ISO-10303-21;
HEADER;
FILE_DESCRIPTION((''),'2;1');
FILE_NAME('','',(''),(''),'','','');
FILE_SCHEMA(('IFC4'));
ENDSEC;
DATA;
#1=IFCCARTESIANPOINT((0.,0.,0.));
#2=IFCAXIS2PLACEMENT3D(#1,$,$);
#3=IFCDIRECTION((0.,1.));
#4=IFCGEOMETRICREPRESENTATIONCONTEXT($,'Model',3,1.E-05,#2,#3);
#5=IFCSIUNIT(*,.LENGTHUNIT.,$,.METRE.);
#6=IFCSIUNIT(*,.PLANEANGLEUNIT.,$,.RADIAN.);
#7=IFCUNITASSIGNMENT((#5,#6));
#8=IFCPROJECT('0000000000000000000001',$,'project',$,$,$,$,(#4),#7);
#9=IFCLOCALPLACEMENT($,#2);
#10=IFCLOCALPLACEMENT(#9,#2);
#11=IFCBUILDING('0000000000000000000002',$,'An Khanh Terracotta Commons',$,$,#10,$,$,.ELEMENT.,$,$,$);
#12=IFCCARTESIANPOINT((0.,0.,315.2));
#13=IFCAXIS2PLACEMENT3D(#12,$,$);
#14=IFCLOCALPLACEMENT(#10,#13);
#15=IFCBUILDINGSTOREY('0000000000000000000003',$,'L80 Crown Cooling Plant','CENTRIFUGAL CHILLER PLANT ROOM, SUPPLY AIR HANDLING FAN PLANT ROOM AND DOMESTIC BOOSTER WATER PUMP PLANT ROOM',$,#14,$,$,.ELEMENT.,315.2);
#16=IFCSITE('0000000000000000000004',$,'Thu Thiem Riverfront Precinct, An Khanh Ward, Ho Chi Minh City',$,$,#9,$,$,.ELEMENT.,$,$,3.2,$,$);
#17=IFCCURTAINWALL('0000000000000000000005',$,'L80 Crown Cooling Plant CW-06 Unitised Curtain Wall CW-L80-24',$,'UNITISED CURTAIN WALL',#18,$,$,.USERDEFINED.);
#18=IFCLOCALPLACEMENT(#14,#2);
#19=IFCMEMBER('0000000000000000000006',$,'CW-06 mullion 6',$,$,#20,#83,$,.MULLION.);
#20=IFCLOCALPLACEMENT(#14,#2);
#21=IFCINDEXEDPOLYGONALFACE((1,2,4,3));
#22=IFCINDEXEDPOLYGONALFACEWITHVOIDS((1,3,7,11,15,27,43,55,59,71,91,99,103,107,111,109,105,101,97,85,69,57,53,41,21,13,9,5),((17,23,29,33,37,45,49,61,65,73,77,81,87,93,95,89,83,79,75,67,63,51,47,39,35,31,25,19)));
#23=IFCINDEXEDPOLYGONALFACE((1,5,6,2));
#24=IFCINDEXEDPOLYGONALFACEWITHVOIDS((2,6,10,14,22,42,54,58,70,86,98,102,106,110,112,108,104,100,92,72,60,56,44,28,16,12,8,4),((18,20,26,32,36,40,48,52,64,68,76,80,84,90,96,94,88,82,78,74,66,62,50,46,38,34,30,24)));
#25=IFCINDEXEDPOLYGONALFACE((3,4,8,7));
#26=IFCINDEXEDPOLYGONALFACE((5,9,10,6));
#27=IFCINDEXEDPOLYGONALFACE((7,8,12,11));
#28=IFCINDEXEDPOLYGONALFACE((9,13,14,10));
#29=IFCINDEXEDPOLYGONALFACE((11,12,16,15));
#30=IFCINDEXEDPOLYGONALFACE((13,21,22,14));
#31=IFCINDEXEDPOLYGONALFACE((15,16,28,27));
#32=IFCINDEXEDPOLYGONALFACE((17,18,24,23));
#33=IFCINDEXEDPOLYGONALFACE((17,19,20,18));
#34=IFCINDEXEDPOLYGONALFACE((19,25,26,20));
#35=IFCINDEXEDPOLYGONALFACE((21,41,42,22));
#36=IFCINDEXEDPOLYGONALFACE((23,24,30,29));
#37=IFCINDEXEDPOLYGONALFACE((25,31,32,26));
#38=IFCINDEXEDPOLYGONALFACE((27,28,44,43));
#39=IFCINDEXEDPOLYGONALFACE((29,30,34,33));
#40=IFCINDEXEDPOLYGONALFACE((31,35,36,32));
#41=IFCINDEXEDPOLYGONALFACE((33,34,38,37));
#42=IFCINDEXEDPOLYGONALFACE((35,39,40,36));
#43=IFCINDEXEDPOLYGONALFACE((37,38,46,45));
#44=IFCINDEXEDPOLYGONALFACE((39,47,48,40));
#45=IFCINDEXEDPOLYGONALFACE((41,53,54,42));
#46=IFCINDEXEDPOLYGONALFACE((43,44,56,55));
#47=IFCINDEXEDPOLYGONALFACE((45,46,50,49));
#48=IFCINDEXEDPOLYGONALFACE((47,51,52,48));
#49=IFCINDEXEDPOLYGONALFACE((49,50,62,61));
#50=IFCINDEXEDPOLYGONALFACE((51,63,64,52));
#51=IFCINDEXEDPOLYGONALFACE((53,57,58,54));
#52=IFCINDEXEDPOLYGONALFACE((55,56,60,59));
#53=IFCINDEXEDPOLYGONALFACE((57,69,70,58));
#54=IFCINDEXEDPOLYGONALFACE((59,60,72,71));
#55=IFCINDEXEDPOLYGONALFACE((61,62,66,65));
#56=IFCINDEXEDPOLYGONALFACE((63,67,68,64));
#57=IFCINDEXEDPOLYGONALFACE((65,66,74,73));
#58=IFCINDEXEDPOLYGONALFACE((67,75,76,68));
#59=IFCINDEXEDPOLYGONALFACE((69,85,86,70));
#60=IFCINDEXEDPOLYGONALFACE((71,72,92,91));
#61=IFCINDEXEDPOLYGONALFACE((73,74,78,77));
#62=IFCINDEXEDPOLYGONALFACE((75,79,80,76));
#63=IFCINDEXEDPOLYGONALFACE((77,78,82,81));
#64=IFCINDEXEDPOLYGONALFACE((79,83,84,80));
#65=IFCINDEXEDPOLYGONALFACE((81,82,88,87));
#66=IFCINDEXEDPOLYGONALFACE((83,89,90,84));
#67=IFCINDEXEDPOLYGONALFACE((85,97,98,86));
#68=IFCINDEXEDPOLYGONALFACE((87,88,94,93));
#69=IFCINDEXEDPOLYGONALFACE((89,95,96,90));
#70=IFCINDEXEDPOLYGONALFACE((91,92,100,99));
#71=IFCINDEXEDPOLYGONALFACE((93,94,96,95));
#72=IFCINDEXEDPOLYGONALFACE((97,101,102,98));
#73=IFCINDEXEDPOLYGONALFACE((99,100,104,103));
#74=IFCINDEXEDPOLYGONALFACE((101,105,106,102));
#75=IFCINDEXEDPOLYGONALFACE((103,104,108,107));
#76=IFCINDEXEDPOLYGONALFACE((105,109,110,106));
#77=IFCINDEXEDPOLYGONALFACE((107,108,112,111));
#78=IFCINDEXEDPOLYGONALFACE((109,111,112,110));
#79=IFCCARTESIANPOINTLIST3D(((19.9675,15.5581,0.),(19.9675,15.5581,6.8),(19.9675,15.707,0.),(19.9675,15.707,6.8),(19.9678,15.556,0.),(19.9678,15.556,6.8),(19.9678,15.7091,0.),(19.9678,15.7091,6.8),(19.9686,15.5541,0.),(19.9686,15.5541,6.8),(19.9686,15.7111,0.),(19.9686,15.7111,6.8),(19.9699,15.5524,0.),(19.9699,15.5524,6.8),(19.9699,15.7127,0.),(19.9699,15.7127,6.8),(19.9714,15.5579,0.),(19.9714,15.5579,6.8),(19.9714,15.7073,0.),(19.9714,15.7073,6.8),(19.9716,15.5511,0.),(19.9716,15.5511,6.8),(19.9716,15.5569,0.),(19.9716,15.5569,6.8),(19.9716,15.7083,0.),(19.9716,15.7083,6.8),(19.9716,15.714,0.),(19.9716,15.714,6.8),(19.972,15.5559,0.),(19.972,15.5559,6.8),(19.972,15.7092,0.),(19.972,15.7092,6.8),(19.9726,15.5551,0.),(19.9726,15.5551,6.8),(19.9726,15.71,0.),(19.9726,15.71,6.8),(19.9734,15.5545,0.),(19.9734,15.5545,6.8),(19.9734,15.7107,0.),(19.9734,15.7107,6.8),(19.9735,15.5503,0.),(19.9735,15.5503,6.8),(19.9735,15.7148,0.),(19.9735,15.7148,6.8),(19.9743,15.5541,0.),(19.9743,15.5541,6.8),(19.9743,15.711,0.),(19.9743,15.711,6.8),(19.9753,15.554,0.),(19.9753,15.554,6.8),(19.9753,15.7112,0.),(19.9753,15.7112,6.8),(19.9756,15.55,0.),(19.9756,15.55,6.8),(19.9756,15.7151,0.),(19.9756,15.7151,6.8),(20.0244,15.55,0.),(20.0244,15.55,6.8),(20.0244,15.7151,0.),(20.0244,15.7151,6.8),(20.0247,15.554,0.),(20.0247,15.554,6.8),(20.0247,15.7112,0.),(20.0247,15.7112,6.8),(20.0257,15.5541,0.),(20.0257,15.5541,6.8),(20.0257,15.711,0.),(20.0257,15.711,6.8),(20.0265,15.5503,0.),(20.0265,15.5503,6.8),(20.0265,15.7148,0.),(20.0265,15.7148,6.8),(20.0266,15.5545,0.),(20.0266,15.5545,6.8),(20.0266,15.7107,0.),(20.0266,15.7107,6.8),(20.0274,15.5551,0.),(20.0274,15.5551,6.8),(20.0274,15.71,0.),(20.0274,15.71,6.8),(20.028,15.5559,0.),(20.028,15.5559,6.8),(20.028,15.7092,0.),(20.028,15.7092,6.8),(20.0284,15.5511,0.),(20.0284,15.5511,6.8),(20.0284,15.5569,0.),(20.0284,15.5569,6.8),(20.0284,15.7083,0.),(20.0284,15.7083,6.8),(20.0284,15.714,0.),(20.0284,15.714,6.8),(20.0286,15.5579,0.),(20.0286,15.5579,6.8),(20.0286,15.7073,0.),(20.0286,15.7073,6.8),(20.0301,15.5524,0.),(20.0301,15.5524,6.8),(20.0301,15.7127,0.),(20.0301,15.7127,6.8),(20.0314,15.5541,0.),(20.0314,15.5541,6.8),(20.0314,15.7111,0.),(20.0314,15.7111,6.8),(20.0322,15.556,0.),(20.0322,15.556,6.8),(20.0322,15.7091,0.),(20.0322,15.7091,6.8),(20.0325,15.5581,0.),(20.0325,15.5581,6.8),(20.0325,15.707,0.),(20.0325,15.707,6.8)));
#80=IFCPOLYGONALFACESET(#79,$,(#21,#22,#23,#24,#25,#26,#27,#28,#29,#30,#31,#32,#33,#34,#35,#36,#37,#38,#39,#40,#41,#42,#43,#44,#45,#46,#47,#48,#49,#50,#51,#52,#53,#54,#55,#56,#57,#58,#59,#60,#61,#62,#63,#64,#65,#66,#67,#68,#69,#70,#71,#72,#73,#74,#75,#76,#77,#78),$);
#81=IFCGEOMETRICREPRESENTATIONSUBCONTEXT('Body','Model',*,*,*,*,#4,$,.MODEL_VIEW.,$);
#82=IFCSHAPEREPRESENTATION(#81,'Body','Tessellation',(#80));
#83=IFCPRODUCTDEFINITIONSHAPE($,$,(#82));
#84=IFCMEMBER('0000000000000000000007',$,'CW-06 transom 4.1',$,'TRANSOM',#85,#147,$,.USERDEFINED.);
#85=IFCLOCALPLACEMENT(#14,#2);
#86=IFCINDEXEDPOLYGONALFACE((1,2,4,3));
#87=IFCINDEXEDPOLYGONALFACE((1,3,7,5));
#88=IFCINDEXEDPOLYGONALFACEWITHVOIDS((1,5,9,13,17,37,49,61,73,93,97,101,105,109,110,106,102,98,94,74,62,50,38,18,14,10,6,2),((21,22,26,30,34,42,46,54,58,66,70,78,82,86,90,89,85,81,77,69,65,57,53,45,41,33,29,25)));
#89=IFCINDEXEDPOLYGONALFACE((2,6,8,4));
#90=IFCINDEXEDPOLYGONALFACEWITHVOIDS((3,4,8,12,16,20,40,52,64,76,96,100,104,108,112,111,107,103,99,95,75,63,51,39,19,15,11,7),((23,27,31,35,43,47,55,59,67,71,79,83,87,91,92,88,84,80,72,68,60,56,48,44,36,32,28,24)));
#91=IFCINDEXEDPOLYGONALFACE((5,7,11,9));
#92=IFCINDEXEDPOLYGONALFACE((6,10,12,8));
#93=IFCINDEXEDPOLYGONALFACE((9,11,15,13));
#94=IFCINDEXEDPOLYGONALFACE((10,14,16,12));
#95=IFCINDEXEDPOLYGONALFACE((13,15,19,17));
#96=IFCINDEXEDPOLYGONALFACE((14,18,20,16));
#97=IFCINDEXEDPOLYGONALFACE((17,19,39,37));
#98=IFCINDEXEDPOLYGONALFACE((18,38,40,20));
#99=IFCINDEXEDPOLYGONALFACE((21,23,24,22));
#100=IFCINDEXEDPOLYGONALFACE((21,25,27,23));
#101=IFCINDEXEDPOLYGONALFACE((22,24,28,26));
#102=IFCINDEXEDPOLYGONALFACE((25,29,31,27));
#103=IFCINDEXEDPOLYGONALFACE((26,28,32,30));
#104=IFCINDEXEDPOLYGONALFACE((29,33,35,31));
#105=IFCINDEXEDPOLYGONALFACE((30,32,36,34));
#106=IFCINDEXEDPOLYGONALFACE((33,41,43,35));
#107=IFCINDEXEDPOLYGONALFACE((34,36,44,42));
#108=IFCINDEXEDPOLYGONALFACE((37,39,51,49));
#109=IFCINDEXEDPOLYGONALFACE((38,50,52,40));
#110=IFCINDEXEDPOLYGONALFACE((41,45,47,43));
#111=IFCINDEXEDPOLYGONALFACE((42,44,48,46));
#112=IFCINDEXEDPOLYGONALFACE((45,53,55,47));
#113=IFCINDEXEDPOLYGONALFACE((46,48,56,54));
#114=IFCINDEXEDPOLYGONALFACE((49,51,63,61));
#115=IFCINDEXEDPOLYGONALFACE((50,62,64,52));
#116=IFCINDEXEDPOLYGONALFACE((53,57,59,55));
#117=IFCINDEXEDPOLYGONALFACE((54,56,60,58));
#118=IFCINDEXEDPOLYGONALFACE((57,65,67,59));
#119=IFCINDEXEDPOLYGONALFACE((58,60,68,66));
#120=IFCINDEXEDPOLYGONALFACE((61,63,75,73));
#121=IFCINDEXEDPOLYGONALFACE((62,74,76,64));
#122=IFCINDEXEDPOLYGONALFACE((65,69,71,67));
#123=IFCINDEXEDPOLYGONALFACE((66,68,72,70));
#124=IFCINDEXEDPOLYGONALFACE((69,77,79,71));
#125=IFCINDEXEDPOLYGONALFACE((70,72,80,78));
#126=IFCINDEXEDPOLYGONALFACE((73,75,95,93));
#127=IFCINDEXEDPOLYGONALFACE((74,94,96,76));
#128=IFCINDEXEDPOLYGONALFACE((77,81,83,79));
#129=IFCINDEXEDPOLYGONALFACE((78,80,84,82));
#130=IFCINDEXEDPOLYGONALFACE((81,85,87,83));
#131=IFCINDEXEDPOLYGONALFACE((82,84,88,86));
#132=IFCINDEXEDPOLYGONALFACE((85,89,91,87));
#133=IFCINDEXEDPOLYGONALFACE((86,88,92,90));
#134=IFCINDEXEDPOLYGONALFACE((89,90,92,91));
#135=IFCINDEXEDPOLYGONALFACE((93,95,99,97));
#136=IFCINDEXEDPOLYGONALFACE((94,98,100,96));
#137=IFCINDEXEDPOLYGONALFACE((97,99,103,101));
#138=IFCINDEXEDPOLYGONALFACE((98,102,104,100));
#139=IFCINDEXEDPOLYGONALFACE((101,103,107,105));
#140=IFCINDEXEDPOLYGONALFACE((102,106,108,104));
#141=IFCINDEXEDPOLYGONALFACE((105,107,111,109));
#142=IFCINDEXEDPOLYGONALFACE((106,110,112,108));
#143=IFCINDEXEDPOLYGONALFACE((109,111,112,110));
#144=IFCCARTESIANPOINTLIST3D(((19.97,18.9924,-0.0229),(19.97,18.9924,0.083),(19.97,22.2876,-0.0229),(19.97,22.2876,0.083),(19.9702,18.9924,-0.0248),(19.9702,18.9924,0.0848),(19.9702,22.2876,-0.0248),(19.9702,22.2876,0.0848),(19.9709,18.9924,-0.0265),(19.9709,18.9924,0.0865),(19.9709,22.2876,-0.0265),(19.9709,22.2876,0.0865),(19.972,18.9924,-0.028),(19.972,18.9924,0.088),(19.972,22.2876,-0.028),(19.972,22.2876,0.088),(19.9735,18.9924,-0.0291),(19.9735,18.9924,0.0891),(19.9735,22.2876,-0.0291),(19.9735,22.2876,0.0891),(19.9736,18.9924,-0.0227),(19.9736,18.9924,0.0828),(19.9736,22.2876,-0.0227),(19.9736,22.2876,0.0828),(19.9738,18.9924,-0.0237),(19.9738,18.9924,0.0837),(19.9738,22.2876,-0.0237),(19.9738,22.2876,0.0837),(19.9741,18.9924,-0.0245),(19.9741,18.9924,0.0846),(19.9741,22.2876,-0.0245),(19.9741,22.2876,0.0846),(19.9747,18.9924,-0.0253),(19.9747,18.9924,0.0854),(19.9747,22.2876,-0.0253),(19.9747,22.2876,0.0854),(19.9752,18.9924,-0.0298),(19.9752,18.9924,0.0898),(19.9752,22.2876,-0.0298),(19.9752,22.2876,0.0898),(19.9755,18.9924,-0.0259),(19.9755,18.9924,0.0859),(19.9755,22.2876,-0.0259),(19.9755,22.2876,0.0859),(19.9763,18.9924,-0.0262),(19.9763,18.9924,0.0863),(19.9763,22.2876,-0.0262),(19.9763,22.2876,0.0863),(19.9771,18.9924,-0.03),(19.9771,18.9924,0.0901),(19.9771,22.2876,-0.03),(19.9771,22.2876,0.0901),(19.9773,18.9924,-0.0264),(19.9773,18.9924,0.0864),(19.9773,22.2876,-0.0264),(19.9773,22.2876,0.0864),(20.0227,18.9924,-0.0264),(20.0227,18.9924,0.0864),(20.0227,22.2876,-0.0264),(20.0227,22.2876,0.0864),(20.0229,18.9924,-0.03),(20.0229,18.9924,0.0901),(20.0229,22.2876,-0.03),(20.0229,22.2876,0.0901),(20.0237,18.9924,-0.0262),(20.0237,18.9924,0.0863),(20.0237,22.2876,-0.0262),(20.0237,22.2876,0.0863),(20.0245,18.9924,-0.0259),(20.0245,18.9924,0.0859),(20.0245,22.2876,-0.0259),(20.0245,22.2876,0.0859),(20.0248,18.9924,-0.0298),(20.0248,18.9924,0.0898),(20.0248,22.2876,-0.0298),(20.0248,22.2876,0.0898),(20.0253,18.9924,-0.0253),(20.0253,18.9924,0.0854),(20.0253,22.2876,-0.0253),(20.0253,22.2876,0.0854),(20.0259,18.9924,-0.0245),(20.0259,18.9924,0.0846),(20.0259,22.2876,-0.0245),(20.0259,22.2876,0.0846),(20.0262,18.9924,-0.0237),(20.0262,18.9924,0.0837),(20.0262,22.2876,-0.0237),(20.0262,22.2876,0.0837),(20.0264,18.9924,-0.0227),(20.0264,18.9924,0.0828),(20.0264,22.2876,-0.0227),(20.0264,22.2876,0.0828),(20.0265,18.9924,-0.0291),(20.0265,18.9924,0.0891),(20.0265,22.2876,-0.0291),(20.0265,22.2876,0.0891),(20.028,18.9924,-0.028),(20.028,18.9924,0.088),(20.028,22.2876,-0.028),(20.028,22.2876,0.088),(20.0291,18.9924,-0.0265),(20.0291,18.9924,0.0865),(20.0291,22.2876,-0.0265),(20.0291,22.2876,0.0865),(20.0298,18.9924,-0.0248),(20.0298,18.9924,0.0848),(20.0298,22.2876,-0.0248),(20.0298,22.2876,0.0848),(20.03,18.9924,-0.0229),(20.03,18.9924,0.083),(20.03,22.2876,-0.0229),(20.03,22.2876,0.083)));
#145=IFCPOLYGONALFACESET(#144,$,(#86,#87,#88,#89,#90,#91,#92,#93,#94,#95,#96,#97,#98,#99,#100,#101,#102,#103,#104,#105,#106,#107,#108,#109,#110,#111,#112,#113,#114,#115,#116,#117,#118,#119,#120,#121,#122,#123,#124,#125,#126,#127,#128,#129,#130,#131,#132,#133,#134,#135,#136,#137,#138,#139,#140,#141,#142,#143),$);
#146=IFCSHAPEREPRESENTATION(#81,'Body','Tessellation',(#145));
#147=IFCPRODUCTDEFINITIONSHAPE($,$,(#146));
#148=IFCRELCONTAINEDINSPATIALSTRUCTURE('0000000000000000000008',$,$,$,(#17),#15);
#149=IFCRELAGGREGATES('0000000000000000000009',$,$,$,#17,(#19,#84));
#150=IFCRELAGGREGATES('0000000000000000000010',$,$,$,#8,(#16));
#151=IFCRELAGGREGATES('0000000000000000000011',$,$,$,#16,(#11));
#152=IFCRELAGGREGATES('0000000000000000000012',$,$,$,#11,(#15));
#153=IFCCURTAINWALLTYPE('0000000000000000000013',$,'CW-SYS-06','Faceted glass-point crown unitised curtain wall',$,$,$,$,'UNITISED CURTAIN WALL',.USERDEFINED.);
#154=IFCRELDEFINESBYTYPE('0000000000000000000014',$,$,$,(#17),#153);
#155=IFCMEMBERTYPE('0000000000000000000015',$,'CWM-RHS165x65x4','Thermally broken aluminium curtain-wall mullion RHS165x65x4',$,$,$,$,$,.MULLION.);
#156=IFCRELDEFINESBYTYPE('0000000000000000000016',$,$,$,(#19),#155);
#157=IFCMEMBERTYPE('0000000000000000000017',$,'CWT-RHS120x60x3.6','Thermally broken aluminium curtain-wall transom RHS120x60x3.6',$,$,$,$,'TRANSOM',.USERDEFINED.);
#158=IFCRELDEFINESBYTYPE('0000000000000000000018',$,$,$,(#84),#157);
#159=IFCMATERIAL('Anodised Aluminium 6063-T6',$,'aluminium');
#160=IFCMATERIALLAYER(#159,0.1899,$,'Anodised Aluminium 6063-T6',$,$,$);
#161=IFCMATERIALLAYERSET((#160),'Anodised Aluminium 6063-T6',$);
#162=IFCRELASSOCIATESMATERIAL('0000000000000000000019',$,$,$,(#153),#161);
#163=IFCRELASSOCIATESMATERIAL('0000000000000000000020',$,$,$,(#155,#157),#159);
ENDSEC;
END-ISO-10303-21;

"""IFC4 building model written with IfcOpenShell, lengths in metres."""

from ifc_helpers import new_model, si_unit, direction, frame, origin, origin_2d, place, context, subcontext, project, spatial, hollow_rectangle, extrude, material, layer, layer_set, material_profile, profile_set, type_object, element, aggregate, save


model = new_model("IFC4")

# Units and contexts
model_context = context("Model", 3, precision=1e-05, world=origin(), true_north=direction((0.0, 1.0)))
body_context = subcontext(model_context, "Body", "Model", "MODEL_VIEW")
ifc_project = project(units=[si_unit("LENGTHUNIT", "METRE"), si_unit("PLANEANGLEUNIT", "RADIAN")], contexts=[model_context])

# Site, building, storey
site_placement = place(None, origin())
site = spatial("IfcSite", under=ifc_project, at=site_placement, Name="Thu Thiem Riverfront Precinct, An Khanh Ward, Ho Chi Minh City", CompositionType="ELEMENT", RefElevation=3.2)
building_placement = place(site_placement, origin())
building = spatial("IfcBuilding", under=site, at=building_placement, Name="An Khanh Terracotta Commons", CompositionType="ELEMENT")
storey_placement = place(building_placement, frame((0.0, 0.0, 315.2)))
storey = spatial("IfcBuildingStorey", under=building, at=storey_placement, Name="L80 Crown Cooling Plant", Description="CENTRIFUGAL CHILLER PLANT ROOM, SUPPLY AIR HANDLING FAN PLANT ROOM AND DOMESTIC BOOSTER WATER PUMP PLANT ROOM", CompositionType="ELEMENT", Elevation=315.2)

# Curtain wall, members
ifc_material_1 = material(Name="Anodised Aluminium 6063-T6", Category="aluminium")
ifc_layer_1 = layer(ifc_material_1, 0.1899, Name="Anodised Aluminium 6063-T6")
ifc_layer_set_1 = layer_set([ifc_layer_1], Name="Anodised Aluminium 6063-T6")
curtain_wall_type = type_object("IfcCurtainWallType", Name="CW-SYS-06", Description="Faceted glass-point crown unitised curtain wall", ElementType="UNITISED CURTAIN WALL", PredefinedType="USERDEFINED", material=ifc_layer_set_1)
curtain_wall_placement = place(storey_placement, origin())
curtain_wall = element("IfcCurtainWall", 1, at=curtain_wall_placement, inside=storey, type_object=curtain_wall_type, Name="L80 Crown Cooling Plant CW-06 Unitised Curtain Wall CW-L80-24", ObjectType="UNITISED CURTAIN WALL", PredefinedType="USERDEFINED")
ifc_material_profile_1 = material_profile(ifc_material_1, hollow_rectangle(XDim=0.0649, YDim=0.165, WallThickness=0.0039, InnerFilletRadius=0.0039, OuterFilletRadius=0.0081, at=origin_2d()), Name="RHS165x65x4")
ifc_profile_set_1 = profile_set([ifc_material_profile_1], Name="Anodised Aluminium 6063-T6")
member_type_1 = type_object("IfcMemberType", Name="CWM-RHS165x65x4", Description="Thermally broken aluminium curtain-wall mullion RHS165x65x4", PredefinedType="MULLION", material=ifc_profile_set_1)
member_1_placement = place(storey_placement, frame((20.0, 15.6326, 0.0), z_axis=(0.0, 0.0, 1.0), x_axis=(1.0, 0.0, 0.0)))
member_1 = element("IfcMember", 2, at=member_1_placement, type_object=member_type_1, Name="CW-06 mullion 6", PredefinedType="MULLION", context=body_context, shape_type="SweptSolid", body=[
    extrude(hollow_rectangle(XDim=0.0649, YDim=0.165, WallThickness=0.0039, InnerFilletRadius=0.0039, OuterFilletRadius=0.0081, at=origin_2d()), origin(), (0.0, 0.0, 1.0), 6.8),
])
ifc_material_profile_2 = material_profile(ifc_material_1, hollow_rectangle(XDim=0.0601, YDim=0.1201, WallThickness=0.0037, InnerFilletRadius=0.0037, OuterFilletRadius=0.0071, at=origin_2d()), Name="RHS120x60x3.6")
ifc_profile_set_2 = profile_set([ifc_material_profile_2], Name="Anodised Aluminium 6063-T6")
member_type_2 = type_object("IfcMemberType", Name="CWT-RHS120x60x3.6", Description="Thermally broken aluminium curtain-wall transom RHS120x60x3.6", ElementType="TRANSOM", PredefinedType="USERDEFINED", material=ifc_profile_set_2)
member_2_placement = place(storey_placement, frame((20.0, 22.2876, 0.03), z_axis=(0.0, -1.0, 0.0), x_axis=(1.0, 0.0, 0.0)))
member_2 = element("IfcMember", 3, at=member_2_placement, type_object=member_type_2, Name="CW-06 transom 4.1", ObjectType="TRANSOM", PredefinedType="USERDEFINED", context=body_context, shape_type="SweptSolid", body=[
    extrude(hollow_rectangle(XDim=0.0601, YDim=0.1201, WallThickness=0.0037, InnerFilletRadius=0.0037, OuterFilletRadius=0.0071, at=origin_2d()), origin(), (0.0, 0.0, 1.0), 3.2952),
])
aggregate(curtain_wall, [member_1, member_2])

save(model, "model.ifc")
